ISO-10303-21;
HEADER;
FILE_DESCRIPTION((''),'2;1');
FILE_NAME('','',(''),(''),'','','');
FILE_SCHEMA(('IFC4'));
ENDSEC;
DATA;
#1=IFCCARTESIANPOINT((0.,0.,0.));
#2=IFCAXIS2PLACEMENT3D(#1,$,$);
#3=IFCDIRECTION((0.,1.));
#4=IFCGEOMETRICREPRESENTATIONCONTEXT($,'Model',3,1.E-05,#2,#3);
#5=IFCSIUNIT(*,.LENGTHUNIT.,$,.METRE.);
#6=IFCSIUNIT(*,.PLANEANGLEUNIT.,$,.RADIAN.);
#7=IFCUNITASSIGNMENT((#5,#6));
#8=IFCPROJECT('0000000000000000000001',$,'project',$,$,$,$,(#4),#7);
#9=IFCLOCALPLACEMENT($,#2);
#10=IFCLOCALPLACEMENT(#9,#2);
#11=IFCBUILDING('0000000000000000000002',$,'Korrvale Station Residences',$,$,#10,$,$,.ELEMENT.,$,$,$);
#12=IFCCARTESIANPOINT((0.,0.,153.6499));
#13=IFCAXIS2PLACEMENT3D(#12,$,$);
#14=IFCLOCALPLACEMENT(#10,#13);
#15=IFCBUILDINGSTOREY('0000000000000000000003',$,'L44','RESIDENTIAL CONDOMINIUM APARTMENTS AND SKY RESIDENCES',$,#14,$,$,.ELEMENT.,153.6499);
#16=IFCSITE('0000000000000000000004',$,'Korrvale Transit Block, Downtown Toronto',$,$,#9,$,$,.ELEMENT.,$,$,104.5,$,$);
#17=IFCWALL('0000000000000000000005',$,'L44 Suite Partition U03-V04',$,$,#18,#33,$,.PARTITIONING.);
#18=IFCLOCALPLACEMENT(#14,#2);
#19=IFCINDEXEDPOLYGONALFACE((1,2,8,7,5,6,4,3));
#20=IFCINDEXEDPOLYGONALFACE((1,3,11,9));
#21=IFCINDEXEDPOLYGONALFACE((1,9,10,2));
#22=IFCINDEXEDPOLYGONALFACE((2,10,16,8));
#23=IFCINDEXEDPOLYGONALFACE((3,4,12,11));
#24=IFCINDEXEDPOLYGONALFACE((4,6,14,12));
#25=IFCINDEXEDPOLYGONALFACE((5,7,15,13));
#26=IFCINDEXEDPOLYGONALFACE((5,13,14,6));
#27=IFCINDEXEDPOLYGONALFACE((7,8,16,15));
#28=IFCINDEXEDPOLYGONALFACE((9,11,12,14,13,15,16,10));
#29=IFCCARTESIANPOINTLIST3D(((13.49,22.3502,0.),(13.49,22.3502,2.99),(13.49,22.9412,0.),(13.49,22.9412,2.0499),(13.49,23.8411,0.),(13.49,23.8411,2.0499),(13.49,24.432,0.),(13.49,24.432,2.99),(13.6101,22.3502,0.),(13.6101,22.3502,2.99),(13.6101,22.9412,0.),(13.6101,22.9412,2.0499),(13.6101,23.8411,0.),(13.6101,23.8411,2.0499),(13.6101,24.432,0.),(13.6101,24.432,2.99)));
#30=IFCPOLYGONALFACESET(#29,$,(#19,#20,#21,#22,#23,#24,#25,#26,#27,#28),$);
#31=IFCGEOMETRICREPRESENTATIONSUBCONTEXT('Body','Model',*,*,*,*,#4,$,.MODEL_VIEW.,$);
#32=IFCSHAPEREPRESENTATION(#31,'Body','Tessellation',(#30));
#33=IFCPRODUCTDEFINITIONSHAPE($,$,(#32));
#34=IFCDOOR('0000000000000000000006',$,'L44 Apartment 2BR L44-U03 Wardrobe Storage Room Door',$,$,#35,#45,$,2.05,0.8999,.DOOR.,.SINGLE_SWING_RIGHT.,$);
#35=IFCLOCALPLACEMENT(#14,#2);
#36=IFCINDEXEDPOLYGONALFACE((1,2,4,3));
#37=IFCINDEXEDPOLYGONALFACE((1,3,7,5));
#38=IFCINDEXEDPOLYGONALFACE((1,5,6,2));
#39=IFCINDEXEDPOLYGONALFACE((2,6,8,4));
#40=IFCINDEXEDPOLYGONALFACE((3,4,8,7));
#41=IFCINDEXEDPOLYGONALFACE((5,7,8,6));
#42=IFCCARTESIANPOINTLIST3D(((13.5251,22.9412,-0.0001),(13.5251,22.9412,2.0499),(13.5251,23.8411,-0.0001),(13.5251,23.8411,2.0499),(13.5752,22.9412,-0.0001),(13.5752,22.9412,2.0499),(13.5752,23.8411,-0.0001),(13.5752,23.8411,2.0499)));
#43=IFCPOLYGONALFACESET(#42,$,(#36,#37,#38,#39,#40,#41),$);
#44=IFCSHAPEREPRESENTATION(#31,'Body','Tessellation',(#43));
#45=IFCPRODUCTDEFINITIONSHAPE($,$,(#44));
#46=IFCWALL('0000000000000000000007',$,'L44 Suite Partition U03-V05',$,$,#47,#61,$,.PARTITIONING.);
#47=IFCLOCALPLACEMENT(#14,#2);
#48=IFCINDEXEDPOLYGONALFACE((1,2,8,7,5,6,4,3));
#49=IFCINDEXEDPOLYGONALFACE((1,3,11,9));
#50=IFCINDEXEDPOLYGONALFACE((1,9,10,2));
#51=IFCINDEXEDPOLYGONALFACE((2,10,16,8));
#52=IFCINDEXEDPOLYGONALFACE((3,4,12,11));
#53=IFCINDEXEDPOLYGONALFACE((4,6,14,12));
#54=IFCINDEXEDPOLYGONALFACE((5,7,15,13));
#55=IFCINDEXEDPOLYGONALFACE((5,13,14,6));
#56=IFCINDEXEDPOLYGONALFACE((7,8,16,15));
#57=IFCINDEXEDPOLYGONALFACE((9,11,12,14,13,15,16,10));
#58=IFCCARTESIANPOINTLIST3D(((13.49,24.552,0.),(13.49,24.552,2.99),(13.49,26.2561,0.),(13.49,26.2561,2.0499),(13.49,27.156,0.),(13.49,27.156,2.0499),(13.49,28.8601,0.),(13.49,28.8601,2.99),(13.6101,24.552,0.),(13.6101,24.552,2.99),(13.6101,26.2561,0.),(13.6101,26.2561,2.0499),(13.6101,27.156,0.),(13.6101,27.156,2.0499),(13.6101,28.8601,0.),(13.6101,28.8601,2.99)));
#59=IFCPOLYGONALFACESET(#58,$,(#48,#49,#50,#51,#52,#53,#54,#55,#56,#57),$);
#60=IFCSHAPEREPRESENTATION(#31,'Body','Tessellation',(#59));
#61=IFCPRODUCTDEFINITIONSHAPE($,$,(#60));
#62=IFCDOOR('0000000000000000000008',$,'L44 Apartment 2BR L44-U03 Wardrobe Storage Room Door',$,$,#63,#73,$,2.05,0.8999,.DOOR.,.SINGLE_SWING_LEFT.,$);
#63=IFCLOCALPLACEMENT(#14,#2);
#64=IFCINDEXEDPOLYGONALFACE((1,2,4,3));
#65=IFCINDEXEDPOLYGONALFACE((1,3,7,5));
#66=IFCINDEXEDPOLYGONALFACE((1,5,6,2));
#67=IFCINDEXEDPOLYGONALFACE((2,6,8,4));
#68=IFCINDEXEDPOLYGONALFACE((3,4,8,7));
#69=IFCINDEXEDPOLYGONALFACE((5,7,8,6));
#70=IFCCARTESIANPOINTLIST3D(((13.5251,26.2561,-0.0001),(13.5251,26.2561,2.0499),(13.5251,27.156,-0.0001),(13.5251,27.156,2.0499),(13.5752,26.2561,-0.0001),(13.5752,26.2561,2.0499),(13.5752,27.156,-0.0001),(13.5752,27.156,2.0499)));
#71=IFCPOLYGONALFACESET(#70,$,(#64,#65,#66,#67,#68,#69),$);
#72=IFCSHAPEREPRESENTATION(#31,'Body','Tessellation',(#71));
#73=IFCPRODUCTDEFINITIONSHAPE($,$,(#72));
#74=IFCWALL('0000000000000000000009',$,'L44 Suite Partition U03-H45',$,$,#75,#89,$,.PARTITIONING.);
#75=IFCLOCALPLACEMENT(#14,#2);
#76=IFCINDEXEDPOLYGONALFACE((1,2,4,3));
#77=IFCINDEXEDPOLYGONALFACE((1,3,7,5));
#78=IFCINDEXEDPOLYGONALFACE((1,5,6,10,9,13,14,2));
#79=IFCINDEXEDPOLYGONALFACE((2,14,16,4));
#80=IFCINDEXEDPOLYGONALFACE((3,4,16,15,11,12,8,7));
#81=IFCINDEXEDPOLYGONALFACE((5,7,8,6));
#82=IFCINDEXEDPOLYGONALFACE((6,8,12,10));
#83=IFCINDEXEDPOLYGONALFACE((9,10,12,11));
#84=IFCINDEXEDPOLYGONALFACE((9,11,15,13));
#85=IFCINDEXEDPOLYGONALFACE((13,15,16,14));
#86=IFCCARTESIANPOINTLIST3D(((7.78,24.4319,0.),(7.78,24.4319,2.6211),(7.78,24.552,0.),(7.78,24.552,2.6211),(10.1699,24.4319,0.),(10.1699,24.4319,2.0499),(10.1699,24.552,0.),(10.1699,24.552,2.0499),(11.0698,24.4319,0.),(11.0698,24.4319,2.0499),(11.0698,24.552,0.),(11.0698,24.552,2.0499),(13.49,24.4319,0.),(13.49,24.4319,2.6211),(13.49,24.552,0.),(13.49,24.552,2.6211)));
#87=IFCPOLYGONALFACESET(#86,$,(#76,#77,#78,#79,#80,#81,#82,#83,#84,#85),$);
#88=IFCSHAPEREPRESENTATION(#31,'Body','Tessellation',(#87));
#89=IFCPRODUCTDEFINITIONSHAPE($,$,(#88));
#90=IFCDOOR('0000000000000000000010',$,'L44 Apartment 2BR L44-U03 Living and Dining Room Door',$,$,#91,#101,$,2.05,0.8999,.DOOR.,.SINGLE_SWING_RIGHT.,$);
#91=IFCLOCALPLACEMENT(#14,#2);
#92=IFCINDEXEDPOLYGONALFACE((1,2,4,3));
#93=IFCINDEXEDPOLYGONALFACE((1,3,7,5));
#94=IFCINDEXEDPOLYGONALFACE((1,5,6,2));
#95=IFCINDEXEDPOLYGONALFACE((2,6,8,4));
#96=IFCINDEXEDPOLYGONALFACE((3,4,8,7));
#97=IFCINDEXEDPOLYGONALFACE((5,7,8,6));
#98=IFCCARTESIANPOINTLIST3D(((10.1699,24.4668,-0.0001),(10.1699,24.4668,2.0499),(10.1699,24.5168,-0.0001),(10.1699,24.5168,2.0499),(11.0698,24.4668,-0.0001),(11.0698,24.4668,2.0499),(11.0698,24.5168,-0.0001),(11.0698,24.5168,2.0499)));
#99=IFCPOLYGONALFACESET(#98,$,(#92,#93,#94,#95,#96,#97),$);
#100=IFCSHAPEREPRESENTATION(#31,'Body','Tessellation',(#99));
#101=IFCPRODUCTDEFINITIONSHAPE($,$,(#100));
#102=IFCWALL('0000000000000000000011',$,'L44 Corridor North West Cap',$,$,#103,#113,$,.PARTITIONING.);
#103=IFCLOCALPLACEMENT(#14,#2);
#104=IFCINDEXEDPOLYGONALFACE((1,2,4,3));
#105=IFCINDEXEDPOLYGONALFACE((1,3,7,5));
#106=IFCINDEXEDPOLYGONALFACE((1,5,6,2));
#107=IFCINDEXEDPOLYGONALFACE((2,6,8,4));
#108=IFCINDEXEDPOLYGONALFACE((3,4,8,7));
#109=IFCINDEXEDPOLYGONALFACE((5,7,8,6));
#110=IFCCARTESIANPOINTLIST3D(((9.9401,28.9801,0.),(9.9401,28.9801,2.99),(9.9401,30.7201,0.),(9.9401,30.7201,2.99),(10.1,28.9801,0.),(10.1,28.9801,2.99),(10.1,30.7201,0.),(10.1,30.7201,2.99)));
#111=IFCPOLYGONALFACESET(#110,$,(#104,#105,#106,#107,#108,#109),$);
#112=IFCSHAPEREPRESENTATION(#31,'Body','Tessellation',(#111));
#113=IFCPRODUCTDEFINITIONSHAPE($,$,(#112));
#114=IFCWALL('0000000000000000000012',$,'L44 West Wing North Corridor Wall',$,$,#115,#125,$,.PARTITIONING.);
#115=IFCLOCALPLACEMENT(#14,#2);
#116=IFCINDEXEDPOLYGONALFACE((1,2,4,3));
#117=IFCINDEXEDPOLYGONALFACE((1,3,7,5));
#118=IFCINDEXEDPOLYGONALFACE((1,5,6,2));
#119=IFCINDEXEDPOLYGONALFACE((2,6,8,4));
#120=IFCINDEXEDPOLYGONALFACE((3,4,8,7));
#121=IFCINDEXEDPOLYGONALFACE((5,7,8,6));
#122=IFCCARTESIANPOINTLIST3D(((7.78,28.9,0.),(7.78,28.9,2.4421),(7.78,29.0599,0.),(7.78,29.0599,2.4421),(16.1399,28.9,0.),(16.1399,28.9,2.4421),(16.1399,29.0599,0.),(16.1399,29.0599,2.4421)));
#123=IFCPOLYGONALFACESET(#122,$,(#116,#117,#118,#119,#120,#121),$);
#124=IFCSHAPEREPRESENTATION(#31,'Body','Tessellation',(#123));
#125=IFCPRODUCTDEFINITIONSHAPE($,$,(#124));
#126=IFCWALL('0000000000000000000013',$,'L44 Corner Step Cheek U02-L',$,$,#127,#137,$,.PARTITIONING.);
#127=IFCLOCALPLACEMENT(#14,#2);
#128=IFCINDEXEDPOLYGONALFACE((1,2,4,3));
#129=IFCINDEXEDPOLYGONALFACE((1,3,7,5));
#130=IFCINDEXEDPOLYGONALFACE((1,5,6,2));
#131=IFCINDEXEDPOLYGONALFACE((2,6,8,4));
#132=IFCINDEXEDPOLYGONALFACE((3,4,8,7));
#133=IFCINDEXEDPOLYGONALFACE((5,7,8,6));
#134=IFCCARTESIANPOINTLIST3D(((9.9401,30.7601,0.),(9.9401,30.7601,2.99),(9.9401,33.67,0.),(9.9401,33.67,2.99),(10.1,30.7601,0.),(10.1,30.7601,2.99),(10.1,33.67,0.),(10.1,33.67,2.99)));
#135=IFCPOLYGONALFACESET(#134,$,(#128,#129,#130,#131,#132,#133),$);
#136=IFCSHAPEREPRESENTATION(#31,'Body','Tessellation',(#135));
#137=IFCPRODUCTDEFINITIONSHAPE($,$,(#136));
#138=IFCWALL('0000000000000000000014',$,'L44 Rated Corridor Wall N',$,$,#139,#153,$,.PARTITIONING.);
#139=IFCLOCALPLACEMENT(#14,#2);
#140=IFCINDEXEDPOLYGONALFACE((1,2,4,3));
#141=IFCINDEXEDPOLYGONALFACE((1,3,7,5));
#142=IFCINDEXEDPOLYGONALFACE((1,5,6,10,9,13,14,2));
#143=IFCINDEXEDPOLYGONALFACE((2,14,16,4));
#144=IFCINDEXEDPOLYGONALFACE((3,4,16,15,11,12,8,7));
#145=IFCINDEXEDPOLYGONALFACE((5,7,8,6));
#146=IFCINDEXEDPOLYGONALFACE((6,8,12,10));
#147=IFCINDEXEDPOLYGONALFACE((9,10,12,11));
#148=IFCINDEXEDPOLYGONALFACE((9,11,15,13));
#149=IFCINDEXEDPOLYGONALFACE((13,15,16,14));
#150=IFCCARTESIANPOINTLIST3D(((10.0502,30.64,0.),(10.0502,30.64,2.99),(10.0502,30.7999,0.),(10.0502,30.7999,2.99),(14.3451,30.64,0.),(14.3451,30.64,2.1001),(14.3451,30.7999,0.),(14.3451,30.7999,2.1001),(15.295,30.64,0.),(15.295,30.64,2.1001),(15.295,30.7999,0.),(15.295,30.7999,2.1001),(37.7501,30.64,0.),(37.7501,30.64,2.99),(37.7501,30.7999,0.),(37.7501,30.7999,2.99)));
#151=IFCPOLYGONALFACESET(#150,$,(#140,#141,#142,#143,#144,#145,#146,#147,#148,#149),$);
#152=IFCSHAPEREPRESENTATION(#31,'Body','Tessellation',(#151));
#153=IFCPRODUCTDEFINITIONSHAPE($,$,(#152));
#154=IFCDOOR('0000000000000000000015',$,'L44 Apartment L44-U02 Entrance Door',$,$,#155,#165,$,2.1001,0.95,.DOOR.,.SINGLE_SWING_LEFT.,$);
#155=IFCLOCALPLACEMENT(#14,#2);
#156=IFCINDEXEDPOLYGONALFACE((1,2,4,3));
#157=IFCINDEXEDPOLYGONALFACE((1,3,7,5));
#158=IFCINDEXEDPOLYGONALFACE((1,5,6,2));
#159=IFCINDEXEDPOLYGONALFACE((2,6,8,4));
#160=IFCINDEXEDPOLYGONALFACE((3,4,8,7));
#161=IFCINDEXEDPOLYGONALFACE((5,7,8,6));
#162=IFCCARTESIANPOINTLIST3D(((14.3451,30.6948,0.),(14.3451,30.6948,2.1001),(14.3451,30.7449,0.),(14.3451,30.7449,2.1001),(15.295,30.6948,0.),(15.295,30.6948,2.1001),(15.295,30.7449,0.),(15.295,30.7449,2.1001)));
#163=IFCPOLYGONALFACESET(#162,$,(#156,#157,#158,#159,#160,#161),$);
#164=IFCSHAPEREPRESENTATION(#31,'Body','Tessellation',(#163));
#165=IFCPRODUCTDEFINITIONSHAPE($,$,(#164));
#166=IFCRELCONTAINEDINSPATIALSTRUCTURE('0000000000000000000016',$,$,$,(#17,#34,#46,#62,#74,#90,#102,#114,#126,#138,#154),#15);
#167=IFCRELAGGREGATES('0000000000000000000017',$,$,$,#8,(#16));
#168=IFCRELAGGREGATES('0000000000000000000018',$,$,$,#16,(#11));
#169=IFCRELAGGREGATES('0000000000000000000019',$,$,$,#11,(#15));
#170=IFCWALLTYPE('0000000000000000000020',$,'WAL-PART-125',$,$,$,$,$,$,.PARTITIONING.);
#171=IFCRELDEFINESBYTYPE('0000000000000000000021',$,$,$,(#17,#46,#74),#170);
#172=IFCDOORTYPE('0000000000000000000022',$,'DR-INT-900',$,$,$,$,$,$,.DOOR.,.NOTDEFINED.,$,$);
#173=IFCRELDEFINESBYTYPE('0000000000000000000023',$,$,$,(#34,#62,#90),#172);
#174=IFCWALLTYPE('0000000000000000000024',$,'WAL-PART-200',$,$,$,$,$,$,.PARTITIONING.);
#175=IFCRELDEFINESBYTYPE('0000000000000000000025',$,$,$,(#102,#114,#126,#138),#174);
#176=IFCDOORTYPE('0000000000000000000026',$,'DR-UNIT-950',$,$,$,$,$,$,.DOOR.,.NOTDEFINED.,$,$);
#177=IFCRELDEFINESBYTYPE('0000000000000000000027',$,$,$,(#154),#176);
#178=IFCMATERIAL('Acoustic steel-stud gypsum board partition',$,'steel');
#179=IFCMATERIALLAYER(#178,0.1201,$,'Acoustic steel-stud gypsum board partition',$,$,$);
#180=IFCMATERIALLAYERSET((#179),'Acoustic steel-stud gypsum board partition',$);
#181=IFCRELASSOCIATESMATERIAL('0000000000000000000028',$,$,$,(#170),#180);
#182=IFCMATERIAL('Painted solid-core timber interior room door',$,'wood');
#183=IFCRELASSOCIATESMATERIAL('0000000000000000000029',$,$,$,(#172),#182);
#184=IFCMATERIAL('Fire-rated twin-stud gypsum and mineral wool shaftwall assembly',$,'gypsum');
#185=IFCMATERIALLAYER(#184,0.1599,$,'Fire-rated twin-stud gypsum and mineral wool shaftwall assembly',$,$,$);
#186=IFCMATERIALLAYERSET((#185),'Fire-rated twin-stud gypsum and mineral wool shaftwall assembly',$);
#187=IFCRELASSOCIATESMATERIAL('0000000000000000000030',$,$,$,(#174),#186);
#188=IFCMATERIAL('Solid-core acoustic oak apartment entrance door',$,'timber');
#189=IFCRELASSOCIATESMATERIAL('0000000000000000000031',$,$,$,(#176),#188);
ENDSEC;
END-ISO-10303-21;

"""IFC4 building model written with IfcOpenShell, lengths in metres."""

from ifc_helpers import new_model, si_unit, direction, frame, frame_2d, origin, place, context, subcontext, project, spatial, rectangle, extrude, material, layer, layer_set, type_object, element, fill, save


model = new_model("IFC4")

# Units and contexts
model_context = context("Model", 3, precision=1e-05, world=origin(), true_north=direction((0.0, 1.0)))
body_context = subcontext(model_context, "Body", "Model", "MODEL_VIEW")
ifc_project = project(units=[si_unit("LENGTHUNIT", "METRE"), si_unit("PLANEANGLEUNIT", "RADIAN")], contexts=[model_context])

# Site, building, storey
site_placement = place(None, origin())
site = spatial("IfcSite", under=ifc_project, at=site_placement, Name="Korrvale Transit Block, Downtown Toronto", CompositionType="ELEMENT", RefElevation=104.5)
building_placement = place(site_placement, origin())
building = spatial("IfcBuilding", under=site, at=building_placement, Name="Korrvale Station Residences", CompositionType="ELEMENT")
storey_placement = place(building_placement, frame((0.0, 0.0, 153.6499)))
storey = spatial("IfcBuildingStorey", under=building, at=storey_placement, Name="L44", Description="RESIDENTIAL CONDOMINIUM APARTMENTS AND SKY RESIDENCES", CompositionType="ELEMENT", Elevation=153.6499)

# Walls, openings, doors
ifc_material_1 = material(Name="Acoustic steel-stud gypsum board partition", Category="steel")
ifc_layer_1 = layer(ifc_material_1, 0.1201, Name="Acoustic steel-stud gypsum board partition")
ifc_layer_set_1 = layer_set([ifc_layer_1], Name="Acoustic steel-stud gypsum board partition")
wall_type_1 = type_object("IfcWallType", Name="WAL-PART-125", PredefinedType="PARTITIONING", material=ifc_layer_set_1)
ifc_material_2 = material(Name="Painted solid-core timber interior room door", Category="wood")
door_type_1 = type_object("IfcDoorType", Name="DR-INT-900", OperationType="NOTDEFINED", PredefinedType="DOOR", material=ifc_material_2)
wall_1_placement = place(storey_placement, frame((13.55, 22.3501, 0.0), z_axis=(0.0, 0.0, 1.0), x_axis=(0.0, 1.0, 0.0)))
wall_1 = element("IfcWall", 1, at=wall_1_placement, inside=storey, type_object=wall_type_1, Name="L44 Suite Partition U03-V04", PredefinedType="PARTITIONING", context=body_context, shape_type="SweptSolid", body=[
    extrude(rectangle(XDim=2.0818, YDim=0.1201, at=frame_2d((1.041, 0.0))), origin(), (0.0, 0.0, 1.0), 2.99),
])
opening_1_placement = place(wall_1_placement, frame((0.5911, 0.0, 0.0)))
opening_1 = element("IfcOpeningElement", 2, at=opening_1_placement, cuts=wall_1, PredefinedType="OPENING", context=body_context, shape_type="SweptSolid", body=[
    extrude(rectangle(XDim=0.8999, YDim=2.05, at=frame_2d((0.45, 1.0249))), frame((0.0, 0.0701, 0.0), z_axis=(0.0, -1.0, 0.0), x_axis=(1.0, 0.0, 0.0)), (0.0, 0.0, 1.0), 0.1401),
])
door_1_placement = place(opening_1_placement, origin())
door_1 = element("IfcDoor", 3, at=door_1_placement, inside=storey, type_object=door_type_1, Name="L44 Apartment 2BR L44-U03 Wardrobe Storage Room Door", OperationType="SINGLE_SWING_RIGHT", OverallHeight=2.05, OverallWidth=0.8999, PredefinedType="DOOR", context=body_context, shape_type="SweptSolid", body=[
    extrude(rectangle(XDim=0.8999, YDim=2.05, at=frame_2d((0.45, 1.0249))), frame((0.0, 0.0249, 0.0), z_axis=(0.0, -1.0, 0.0), x_axis=(1.0, 0.0, 0.0)), (0.0, 0.0, 1.0), 0.05),
])
fill(opening_1, door_1)
wall_2_placement = place(storey_placement, frame((13.55, 24.552, 0.0), z_axis=(0.0, 0.0, 1.0), x_axis=(0.0, 1.0, 0.0)))
wall_2 = element("IfcWall", 4, at=wall_2_placement, inside=storey, type_object=wall_type_1, Name="L44 Suite Partition U03-V05", PredefinedType="PARTITIONING", context=body_context, shape_type="SweptSolid", body=[
    extrude(rectangle(XDim=4.3081, YDim=0.1201, at=frame_2d((2.1541, 0.0))), origin(), (0.0, 0.0, 1.0), 2.99),
])
opening_2_placement = place(wall_2_placement, frame((1.7041, 0.0, 0.0)))
opening_2 = element("IfcOpeningElement", 5, at=opening_2_placement, cuts=wall_2, PredefinedType="OPENING", context=body_context, shape_type="SweptSolid", body=[
    extrude(rectangle(XDim=0.8999, YDim=2.05, at=frame_2d((0.45, 1.0249))), frame((0.0, 0.0701, 0.0), z_axis=(0.0, -1.0, 0.0), x_axis=(1.0, 0.0, 0.0)), (0.0, 0.0, 1.0), 0.1401),
])
door_2_placement = place(opening_2_placement, origin())
door_2 = element("IfcDoor", 6, at=door_2_placement, inside=storey, type_object=door_type_1, Name="L44 Apartment 2BR L44-U03 Wardrobe Storage Room Door", OperationType="SINGLE_SWING_LEFT", OverallHeight=2.05, OverallWidth=0.8999, PredefinedType="DOOR", context=body_context, shape_type="SweptSolid", body=[
    extrude(rectangle(XDim=0.8999, YDim=2.05, at=frame_2d((0.45, 1.0249))), frame((0.0, 0.0249, 0.0), z_axis=(0.0, -1.0, 0.0), x_axis=(1.0, 0.0, 0.0)), (0.0, 0.0, 1.0), 0.05),
])
fill(opening_2, door_2)
wall_3_placement = place(storey_placement, frame((7.78, 24.4919, 0.0), z_axis=(0.0, 0.0, 1.0), x_axis=(1.0, 0.0, 0.0)))
wall_3 = element("IfcWall", 7, at=wall_3_placement, inside=storey, type_object=wall_type_1, Name="L44 Suite Partition U03-H45", PredefinedType="PARTITIONING", context=body_context, shape_type="SweptSolid", body=[
    extrude(rectangle(XDim=5.71, YDim=0.1201, at=frame_2d((2.855, 0.0))), origin(), (0.0, 0.0, 1.0), 2.6211),
])
opening_3_placement = place(wall_3_placement, frame((2.3899, 0.0, 0.0)))
opening_3 = element("IfcOpeningElement", 8, at=opening_3_placement, cuts=wall_3, PredefinedType="OPENING", context=body_context, shape_type="SweptSolid", body=[
    extrude(rectangle(XDim=0.8999, YDim=2.05, at=frame_2d((0.45, 1.0249))), frame((0.0, 0.0701, 0.0), z_axis=(0.0, -1.0, 0.0), x_axis=(1.0, 0.0, 0.0)), (0.0, 0.0, 1.0), 0.1401),
])
door_3_placement = place(opening_3_placement, origin())
door_3 = element("IfcDoor", 9, at=door_3_placement, inside=storey, type_object=door_type_1, Name="L44 Apartment 2BR L44-U03 Living and Dining Room Door", OperationType="SINGLE_SWING_RIGHT", OverallHeight=2.05, OverallWidth=0.8999, PredefinedType="DOOR", context=body_context, shape_type="SweptSolid", body=[
    extrude(rectangle(XDim=0.8999, YDim=2.05, at=frame_2d((0.45, 1.0249))), frame((0.0, 0.0249, 0.0), z_axis=(0.0, -1.0, 0.0), x_axis=(1.0, 0.0, 0.0)), (0.0, 0.0, 1.0), 0.05),
])
fill(opening_3, door_3)

# Walls
ifc_material_3 = material(Name="Fire-rated twin-stud gypsum and mineral wool shaftwall assembly", Category="gypsum")
ifc_layer_2 = layer(ifc_material_3, 0.1599, Name="Fire-rated twin-stud gypsum and mineral wool shaftwall assembly")
ifc_layer_set_2 = layer_set([ifc_layer_2], Name="Fire-rated twin-stud gypsum and mineral wool shaftwall assembly")
wall_type_2 = type_object("IfcWallType", Name="WAL-PART-200", PredefinedType="PARTITIONING", material=ifc_layer_set_2)
wall_4_placement = place(storey_placement, frame((10.02, 28.98, 0.0), z_axis=(0.0, 0.0, 1.0), x_axis=(0.0, 1.0, 0.0)))
element("IfcWall", 10, at=wall_4_placement, inside=storey, type_object=wall_type_2, Name="L44 Corridor North West Cap", PredefinedType="PARTITIONING", context=body_context, shape_type="SweptSolid", body=[
    extrude(rectangle(XDim=1.74, YDim=0.1599, at=frame_2d((0.8701, 0.0))), origin(), (0.0, 0.0, 1.0), 2.99),
])
wall_5_placement = place(storey_placement, frame((7.78, 28.98, 0.0), z_axis=(0.0, 0.0, 1.0), x_axis=(1.0, 0.0, 0.0)))
element("IfcWall", 11, at=wall_5_placement, inside=storey, type_object=wall_type_2, Name="L44 West Wing North Corridor Wall", PredefinedType="PARTITIONING", context=body_context, shape_type="SweptSolid", body=[
    extrude(rectangle(XDim=8.3599, YDim=0.1599, at=frame_2d((4.1799, 0.0))), origin(), (0.0, 0.0, 1.0), 2.4421),
])
wall_6_placement = place(storey_placement, frame((10.02, 30.76, 0.0), z_axis=(0.0, 0.0, 1.0), x_axis=(0.0, 1.0, 0.0)))
element("IfcWall", 12, at=wall_6_placement, inside=storey, type_object=wall_type_2, Name="L44 Corner Step Cheek U02-L", PredefinedType="PARTITIONING", context=body_context, shape_type="SweptSolid", body=[
    extrude(rectangle(XDim=2.9099, YDim=0.1599, at=frame_2d((1.4551, 0.0))), origin(), (0.0, 0.0, 1.0), 2.99),
])

# Wall, opening, door
wall_7_placement = place(storey_placement, frame((10.05, 30.72, 0.0), z_axis=(0.0, 0.0, 1.0), x_axis=(1.0, 0.0, 0.0)))
wall_7 = element("IfcWall", 13, at=wall_7_placement, inside=storey, type_object=wall_type_2, Name="L44 Rated Corridor Wall N", PredefinedType="PARTITIONING", context=body_context, shape_type="SweptSolid", body=[
    extrude(rectangle(XDim=27.7, YDim=0.1599, at=frame_2d((13.8501, 0.0))), origin(), (0.0, 0.0, 1.0), 2.99),
])
opening_4_placement = place(wall_7_placement, frame((4.2949, 0.0, 0.0)))
opening_4 = element("IfcOpeningElement", 14, at=opening_4_placement, cuts=wall_7, PredefinedType="OPENING", context=body_context, shape_type="SweptSolid", body=[
    extrude(rectangle(XDim=0.95, YDim=2.1001, at=frame_2d((0.4751, 1.05))), frame((0.0, 0.0898, 0.0), z_axis=(0.0, -1.0, 0.0), x_axis=(1.0, 0.0, 0.0)), (0.0, 0.0, 1.0), 0.1799),
])
ifc_material_4 = material(Name="Solid-core acoustic oak apartment entrance door", Category="timber")
door_type_2 = type_object("IfcDoorType", Name="DR-UNIT-950", OperationType="NOTDEFINED", PredefinedType="DOOR", material=ifc_material_4)
door_4_placement = place(opening_4_placement, origin())
door_4 = element("IfcDoor", 15, at=door_4_placement, inside=storey, type_object=door_type_2, Name="L44 Apartment L44-U02 Entrance Door", OperationType="SINGLE_SWING_LEFT", OverallHeight=2.1001, OverallWidth=0.95, PredefinedType="DOOR", context=body_context, shape_type="SweptSolid", body=[
    extrude(rectangle(XDim=0.95, YDim=2.1001, at=frame_2d((0.4751, 1.05))), frame((0.0, 0.0249, 0.0), z_axis=(0.0, -1.0, 0.0), x_axis=(1.0, 0.0, 0.0)), (0.0, 0.0, 1.0), 0.05),
])
fill(opening_4, door_4)

save(model, "model.ifc")
